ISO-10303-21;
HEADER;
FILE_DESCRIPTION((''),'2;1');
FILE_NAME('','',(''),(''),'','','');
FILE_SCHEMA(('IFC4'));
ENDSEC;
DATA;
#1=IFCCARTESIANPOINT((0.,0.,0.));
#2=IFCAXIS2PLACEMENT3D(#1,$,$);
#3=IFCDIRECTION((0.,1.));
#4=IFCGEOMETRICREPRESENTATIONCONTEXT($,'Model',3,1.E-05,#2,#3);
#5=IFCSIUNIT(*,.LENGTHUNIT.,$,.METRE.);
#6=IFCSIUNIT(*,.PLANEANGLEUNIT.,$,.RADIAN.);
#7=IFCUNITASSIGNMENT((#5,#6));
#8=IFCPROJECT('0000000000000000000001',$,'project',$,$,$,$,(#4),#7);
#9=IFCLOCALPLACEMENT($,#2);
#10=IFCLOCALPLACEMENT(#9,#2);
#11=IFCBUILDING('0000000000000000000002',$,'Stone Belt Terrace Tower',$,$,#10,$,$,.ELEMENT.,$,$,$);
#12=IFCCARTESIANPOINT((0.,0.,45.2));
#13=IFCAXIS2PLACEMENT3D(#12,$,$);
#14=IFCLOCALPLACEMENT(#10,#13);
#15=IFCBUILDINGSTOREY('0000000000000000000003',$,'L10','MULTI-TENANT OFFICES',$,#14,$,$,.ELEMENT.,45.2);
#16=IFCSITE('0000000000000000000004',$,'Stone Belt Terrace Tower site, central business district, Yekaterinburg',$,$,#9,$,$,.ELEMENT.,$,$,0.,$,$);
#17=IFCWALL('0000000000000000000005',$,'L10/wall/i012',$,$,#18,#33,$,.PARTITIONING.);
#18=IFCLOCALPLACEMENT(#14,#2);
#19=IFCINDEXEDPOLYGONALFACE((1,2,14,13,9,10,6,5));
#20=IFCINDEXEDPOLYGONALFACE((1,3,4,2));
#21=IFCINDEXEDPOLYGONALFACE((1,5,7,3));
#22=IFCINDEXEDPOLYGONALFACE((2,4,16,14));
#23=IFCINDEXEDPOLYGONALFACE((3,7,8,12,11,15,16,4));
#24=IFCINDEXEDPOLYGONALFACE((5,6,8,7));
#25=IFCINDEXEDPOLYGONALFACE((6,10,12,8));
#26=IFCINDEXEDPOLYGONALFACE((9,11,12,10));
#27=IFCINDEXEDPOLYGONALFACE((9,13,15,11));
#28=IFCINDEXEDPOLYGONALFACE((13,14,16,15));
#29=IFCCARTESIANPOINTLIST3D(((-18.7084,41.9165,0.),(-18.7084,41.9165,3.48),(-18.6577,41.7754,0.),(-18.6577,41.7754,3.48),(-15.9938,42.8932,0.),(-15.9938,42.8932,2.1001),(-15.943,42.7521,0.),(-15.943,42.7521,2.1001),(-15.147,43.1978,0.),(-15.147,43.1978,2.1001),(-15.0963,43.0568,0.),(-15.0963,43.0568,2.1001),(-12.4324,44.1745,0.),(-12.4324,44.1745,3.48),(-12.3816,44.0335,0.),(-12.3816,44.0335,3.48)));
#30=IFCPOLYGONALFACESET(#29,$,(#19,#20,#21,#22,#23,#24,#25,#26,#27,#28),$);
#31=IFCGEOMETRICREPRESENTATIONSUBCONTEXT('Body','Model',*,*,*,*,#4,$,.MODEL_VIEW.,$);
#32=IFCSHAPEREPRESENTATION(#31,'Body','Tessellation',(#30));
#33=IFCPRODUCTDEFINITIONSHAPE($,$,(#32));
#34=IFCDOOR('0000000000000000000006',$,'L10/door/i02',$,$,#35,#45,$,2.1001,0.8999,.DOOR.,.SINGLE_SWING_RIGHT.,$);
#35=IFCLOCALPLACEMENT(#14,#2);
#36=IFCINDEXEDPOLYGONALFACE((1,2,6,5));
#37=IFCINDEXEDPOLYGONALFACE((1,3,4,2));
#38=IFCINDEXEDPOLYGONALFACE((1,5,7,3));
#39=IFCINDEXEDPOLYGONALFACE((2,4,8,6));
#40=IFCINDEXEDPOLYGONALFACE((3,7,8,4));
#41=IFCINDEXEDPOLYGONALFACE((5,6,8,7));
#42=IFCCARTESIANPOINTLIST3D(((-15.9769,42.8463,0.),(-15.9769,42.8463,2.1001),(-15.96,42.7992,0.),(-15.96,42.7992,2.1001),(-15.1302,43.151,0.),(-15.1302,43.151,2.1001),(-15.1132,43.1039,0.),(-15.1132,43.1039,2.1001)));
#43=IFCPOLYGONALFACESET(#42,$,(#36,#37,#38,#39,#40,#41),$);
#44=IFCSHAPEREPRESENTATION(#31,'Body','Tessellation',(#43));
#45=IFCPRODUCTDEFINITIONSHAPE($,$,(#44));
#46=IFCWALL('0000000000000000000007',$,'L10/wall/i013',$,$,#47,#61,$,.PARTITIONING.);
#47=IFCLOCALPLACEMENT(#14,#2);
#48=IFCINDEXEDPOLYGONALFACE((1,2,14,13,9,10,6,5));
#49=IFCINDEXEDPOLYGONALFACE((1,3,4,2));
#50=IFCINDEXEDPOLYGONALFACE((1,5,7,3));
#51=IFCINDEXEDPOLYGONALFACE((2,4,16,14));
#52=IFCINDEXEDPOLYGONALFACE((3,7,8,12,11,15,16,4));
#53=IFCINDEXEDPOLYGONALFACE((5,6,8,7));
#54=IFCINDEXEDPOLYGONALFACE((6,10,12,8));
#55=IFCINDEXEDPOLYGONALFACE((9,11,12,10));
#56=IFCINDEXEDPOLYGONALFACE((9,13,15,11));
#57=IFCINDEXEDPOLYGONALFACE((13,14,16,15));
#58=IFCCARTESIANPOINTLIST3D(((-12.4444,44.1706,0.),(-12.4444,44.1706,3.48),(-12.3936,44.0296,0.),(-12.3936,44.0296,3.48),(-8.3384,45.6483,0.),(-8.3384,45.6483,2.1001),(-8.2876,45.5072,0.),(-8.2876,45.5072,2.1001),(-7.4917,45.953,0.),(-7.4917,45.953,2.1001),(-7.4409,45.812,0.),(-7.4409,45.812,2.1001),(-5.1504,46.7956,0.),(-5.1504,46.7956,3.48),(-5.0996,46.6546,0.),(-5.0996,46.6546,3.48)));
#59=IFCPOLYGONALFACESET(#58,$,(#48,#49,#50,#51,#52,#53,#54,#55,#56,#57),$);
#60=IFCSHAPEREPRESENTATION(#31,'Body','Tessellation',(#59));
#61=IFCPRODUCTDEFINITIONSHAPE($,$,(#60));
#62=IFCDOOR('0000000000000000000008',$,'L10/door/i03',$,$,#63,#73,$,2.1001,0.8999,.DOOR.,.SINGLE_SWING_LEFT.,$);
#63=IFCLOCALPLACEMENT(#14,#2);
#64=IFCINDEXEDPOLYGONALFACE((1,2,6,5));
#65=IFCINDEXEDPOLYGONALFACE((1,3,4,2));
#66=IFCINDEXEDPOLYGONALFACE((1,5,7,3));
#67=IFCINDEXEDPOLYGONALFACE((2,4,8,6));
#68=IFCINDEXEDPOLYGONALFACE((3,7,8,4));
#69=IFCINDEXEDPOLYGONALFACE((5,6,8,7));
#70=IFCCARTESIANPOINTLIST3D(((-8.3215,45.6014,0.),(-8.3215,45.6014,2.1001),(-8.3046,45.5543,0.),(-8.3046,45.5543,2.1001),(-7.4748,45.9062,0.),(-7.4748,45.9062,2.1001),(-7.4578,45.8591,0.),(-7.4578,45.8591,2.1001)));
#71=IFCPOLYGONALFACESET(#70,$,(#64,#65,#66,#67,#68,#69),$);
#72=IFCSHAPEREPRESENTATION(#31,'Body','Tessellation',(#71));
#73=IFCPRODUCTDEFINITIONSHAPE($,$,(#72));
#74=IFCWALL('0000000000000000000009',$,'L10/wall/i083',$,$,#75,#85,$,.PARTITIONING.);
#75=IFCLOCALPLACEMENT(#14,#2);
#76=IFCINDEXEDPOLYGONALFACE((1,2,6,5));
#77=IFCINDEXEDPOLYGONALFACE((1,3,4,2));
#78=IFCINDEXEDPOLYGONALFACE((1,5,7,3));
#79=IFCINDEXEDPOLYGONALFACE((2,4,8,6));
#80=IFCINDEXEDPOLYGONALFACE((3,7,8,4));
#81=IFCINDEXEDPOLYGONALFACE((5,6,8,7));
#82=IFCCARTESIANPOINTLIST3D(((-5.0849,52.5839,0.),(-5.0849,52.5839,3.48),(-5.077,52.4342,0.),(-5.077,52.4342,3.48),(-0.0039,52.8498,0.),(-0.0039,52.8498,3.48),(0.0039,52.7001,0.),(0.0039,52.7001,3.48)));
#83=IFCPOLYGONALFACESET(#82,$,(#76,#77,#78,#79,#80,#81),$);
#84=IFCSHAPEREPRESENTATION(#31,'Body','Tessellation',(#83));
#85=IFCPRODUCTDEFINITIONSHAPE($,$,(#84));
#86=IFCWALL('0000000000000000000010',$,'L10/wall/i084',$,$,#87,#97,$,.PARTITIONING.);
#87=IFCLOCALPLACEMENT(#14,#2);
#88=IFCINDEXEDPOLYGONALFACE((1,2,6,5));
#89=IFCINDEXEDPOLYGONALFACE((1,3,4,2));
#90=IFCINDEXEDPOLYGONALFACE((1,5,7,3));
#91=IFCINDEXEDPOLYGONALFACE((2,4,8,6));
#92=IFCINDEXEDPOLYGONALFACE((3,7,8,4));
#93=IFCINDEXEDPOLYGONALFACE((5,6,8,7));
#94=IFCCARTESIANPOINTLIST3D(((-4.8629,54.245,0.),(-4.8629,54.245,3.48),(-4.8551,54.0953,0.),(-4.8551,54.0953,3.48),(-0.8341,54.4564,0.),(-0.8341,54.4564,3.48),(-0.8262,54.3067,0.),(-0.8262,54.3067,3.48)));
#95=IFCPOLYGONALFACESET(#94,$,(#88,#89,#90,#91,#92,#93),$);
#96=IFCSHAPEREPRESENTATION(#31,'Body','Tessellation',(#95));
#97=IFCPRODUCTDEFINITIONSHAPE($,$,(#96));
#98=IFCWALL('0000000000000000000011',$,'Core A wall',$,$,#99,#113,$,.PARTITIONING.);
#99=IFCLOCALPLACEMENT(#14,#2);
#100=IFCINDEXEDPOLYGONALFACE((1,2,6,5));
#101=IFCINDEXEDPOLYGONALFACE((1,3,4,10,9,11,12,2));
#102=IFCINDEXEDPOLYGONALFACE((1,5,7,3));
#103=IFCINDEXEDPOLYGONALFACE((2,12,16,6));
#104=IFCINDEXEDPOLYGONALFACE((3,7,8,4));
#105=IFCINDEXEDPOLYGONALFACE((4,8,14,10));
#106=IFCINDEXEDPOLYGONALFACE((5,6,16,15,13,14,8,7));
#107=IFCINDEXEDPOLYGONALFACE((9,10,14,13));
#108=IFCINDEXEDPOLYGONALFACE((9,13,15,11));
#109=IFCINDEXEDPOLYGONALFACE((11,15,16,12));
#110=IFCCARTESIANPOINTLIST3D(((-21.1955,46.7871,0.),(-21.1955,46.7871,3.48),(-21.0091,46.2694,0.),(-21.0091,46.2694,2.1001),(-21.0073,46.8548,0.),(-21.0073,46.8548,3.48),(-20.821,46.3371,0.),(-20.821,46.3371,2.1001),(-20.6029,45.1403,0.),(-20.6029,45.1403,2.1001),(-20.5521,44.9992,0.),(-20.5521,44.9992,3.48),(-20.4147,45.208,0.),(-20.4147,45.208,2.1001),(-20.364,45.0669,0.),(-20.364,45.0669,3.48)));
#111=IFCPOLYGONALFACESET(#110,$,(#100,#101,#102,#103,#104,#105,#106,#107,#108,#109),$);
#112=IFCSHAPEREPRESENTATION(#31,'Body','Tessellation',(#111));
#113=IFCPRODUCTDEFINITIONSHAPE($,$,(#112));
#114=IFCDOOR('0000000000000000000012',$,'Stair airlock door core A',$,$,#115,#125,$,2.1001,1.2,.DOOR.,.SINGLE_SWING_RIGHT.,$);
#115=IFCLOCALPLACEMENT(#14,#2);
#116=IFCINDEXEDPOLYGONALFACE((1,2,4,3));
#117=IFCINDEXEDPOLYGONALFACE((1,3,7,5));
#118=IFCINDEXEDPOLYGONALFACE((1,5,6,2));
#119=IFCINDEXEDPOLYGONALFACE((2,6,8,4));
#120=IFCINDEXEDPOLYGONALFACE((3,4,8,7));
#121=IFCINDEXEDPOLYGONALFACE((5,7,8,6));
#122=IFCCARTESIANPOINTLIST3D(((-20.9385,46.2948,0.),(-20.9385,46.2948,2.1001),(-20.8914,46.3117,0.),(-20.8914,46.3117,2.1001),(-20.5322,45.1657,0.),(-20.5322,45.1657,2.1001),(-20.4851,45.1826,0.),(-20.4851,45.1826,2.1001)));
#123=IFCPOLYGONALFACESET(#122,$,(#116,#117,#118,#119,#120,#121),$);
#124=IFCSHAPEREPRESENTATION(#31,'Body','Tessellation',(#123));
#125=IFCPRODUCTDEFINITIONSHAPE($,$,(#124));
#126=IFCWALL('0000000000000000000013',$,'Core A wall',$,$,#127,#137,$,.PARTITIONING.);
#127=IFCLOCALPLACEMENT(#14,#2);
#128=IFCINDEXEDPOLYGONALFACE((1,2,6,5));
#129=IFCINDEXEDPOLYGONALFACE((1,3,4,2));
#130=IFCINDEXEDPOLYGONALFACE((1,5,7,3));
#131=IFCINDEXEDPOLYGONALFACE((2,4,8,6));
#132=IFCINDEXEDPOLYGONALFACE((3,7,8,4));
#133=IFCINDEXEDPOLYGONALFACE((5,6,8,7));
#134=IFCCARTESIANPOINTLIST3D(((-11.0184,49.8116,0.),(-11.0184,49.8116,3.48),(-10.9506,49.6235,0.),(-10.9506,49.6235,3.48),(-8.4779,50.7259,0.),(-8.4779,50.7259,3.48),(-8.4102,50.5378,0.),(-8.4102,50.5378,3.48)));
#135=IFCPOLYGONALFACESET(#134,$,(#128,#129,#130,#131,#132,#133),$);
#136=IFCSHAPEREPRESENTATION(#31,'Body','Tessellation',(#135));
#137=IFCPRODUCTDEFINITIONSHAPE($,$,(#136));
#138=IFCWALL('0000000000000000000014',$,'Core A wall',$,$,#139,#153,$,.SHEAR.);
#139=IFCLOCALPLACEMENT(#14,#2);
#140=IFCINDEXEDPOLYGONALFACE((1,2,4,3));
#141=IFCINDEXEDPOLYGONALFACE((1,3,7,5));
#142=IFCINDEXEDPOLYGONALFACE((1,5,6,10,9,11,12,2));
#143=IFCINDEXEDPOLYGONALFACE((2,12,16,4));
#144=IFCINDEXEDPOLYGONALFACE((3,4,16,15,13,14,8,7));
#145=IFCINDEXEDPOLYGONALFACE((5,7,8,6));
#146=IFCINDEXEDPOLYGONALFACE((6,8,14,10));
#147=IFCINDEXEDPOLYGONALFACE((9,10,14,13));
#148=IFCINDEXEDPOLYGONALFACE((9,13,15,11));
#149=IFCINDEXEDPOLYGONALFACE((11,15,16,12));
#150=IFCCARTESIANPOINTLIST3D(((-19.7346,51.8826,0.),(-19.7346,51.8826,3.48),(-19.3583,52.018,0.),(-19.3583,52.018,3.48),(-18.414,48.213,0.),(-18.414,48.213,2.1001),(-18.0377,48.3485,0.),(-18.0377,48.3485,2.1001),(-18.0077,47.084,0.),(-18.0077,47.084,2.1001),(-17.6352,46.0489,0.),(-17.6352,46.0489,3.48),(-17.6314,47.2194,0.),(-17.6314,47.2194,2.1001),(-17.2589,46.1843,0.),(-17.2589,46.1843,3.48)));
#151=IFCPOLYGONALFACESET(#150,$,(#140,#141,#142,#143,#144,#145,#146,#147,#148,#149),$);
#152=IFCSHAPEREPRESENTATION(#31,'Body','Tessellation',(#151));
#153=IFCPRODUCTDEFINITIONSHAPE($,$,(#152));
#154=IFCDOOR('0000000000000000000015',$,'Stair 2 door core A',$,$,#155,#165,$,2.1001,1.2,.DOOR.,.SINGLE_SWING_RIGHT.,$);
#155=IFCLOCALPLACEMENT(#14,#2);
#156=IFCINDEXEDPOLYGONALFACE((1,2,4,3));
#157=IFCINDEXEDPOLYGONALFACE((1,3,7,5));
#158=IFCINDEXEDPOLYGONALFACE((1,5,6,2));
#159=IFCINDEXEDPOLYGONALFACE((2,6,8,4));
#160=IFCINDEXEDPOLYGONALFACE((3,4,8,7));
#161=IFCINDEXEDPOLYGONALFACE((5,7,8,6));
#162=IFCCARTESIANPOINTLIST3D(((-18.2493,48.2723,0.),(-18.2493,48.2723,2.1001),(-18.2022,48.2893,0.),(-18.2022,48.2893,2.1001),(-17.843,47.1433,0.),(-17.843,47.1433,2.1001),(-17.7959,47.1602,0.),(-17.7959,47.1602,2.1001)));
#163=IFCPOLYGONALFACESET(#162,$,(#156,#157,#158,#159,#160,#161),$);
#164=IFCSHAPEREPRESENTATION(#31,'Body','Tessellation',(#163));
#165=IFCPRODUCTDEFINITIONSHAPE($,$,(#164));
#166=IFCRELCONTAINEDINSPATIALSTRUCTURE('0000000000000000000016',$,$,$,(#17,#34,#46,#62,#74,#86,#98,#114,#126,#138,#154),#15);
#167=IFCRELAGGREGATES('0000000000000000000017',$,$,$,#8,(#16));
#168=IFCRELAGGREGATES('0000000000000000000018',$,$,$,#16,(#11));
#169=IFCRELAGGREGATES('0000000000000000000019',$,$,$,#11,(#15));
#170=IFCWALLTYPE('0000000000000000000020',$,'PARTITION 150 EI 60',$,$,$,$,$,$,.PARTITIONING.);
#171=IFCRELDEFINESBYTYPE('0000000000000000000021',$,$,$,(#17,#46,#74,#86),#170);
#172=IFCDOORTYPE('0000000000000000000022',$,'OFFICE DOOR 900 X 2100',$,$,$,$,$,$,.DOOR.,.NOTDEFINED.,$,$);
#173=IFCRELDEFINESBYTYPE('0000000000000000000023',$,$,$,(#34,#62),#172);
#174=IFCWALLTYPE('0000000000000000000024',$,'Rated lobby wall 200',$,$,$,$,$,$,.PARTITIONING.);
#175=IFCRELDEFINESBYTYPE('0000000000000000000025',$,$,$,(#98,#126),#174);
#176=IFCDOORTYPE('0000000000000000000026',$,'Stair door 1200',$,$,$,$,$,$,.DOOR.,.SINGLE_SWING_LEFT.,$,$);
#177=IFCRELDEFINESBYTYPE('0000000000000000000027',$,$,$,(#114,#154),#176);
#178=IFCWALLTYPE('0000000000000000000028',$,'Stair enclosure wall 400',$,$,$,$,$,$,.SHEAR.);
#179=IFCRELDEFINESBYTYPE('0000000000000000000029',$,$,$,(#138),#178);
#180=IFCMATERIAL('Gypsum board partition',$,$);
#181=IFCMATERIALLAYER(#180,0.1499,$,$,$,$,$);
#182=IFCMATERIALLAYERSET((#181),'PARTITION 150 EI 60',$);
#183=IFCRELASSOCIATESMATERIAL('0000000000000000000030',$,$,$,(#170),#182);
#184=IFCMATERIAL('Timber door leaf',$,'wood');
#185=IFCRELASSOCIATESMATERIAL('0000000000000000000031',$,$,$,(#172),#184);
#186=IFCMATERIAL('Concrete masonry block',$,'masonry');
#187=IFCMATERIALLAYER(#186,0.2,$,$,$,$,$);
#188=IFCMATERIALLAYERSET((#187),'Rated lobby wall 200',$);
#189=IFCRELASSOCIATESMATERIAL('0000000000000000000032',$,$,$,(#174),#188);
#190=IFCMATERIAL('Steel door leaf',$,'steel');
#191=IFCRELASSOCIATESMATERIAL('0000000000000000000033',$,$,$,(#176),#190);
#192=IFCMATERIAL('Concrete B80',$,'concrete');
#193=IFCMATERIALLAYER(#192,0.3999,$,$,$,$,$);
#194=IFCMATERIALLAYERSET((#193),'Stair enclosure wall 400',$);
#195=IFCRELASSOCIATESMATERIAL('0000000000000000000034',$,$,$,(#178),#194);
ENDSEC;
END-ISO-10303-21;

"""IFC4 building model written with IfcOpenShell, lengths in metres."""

from ifc_helpers import new_model, si_unit, direction, frame, frame_2d, origin, place, context, subcontext, project, spatial, rectangle, extrude, material, layer, layer_set, type_object, element, fill, save


model = new_model("IFC4")

# Units and contexts
model_context = context("Model", 3, precision=1e-05, world=origin(), true_north=direction((0.0, 1.0)))
body_context = subcontext(model_context, "Body", "Model", "MODEL_VIEW")
ifc_project = project(units=[si_unit("LENGTHUNIT", "METRE"), si_unit("PLANEANGLEUNIT", "RADIAN")], contexts=[model_context])

# Site, building, storey
site_placement = place(None, origin())
site = spatial("IfcSite", under=ifc_project, at=site_placement, Name="Stone Belt Terrace Tower site, central business district, Yekaterinburg", CompositionType="ELEMENT", RefElevation=0.0)
building_placement = place(site_placement, origin())
building = spatial("IfcBuilding", under=site, at=building_placement, Name="Stone Belt Terrace Tower", CompositionType="ELEMENT")
storey_placement = place(building_placement, frame((0.0, 0.0, 45.2)))
storey = spatial("IfcBuildingStorey", under=building, at=storey_placement, Name="L10", Description="MULTI-TENANT OFFICES", CompositionType="ELEMENT", Elevation=45.2)

# Shared definitions
ifc_material_1 = material(Name="Concrete B80", Category="concrete")

# Shared definitions
ifc_material_2 = material(Name="Timber door leaf", Category="wood")

# Shared definitions
ifc_material_3 = material(Name="Gypsum board partition")
ifc_layer_1 = layer(ifc_material_3, 0.1499)
ifc_layer_set_1 = layer_set([ifc_layer_1], Name="PARTITION 150 EI 60")
wall_type_1 = type_object("IfcWallType", Name="PARTITION 150 EI 60", PredefinedType="PARTITIONING", material=ifc_layer_set_1)

# Walls, openings, doors
wall_1_placement = place(storey_placement, frame((-12.407, 44.104, 0.0), z_axis=(0.0, 0.0, 1.0), x_axis=(-0.940952, -0.338541, 0.0)))
wall_1 = element("IfcWall", 1, at=wall_1_placement, inside=storey, type_object=wall_type_1, Name="L10/wall/i012", PredefinedType="PARTITIONING", context=body_context, shape_type="SweptSolid", body=[
    extrude(rectangle(XDim=6.6699, YDim=0.1499, at=frame_2d((3.335, 0.0))), origin(), (0.0, 0.0, 1.0), 3.48),
])
opening_1_placement = place(wall_1_placement, frame((2.885, 0.0, 0.0)))
opening_1 = element("IfcOpeningElement", 2, at=opening_1_placement, cuts=wall_1, PredefinedType="OPENING", context=body_context, shape_type="SweptSolid", body=[
    extrude(rectangle(XDim=0.8999, YDim=2.1001, at=frame_2d((0.45, 1.05))), frame((0.0, 0.085, 0.0), z_axis=(0.0, -1.0, 0.0), x_axis=(1.0, 0.0, 0.0)), (0.0, 0.0, 1.0), 0.1699),
])
door_type_1 = type_object("IfcDoorType", Name="OFFICE DOOR 900 X 2100", OperationType="NOTDEFINED", PredefinedType="DOOR", material=ifc_material_2)
door_1_placement = place(opening_1_placement, origin())
door_1 = element("IfcDoor", 3, at=door_1_placement, inside=storey, type_object=door_type_1, Name="L10/door/i02", OperationType="SINGLE_SWING_RIGHT", OverallHeight=2.1001, OverallWidth=0.8999, PredefinedType="DOOR", context=body_context, shape_type="SweptSolid", body=[
    extrude(rectangle(XDim=0.8999, YDim=2.1001, at=frame_2d((0.45, 1.05))), frame((0.0, 0.0249, 0.0), z_axis=(0.0, -1.0, 0.0), x_axis=(1.0, 0.0, 0.0)), (0.0, 0.0, 1.0), 0.05),
])
fill(opening_1, door_1)
wall_2_placement = place(storey_placement, frame((-5.125, 46.7251, 0.0), z_axis=(0.0, 0.0, 1.0), x_axis=(-0.940921, -0.338626, 0.0)))
wall_2 = element("IfcWall", 4, at=wall_2_placement, inside=storey, type_object=wall_type_1, Name="L10/wall/i013", PredefinedType="PARTITIONING", context=body_context, shape_type="SweptSolid", body=[
    extrude(rectangle(XDim=7.752, YDim=0.1499, at=frame_2d((3.876, 0.0))), origin(), (0.0, 0.0, 1.0), 3.48),
])
opening_2_placement = place(wall_2_placement, frame((2.4883, 0.0, 0.0)))
opening_2 = element("IfcOpeningElement", 5, at=opening_2_placement, cuts=wall_2, PredefinedType="OPENING", context=body_context, shape_type="SweptSolid", body=[
    extrude(rectangle(XDim=0.8999, YDim=2.1001, at=frame_2d((0.45, 1.05))), frame((0.0, 0.085, 0.0), z_axis=(0.0, -1.0, 0.0), x_axis=(1.0, 0.0, 0.0)), (0.0, 0.0, 1.0), 0.1699),
])
door_2_placement = place(opening_2_placement, origin())
door_2 = element("IfcDoor", 6, at=door_2_placement, inside=storey, type_object=door_type_1, Name="L10/door/i03", OperationType="SINGLE_SWING_LEFT", OverallHeight=2.1001, OverallWidth=0.8999, PredefinedType="DOOR", context=body_context, shape_type="SweptSolid", body=[
    extrude(rectangle(XDim=0.8999, YDim=2.1001, at=frame_2d((0.45, 1.05))), frame((0.0, 0.0249, 0.0), z_axis=(0.0, -1.0, 0.0), x_axis=(1.0, 0.0, 0.0)), (0.0, 0.0, 1.0), 0.05),
])
fill(opening_2, door_2)

# Walls
wall_3_placement = place(storey_placement, frame((0.0, 52.7749, 0.0), z_axis=(0.0, 0.0, 1.0), x_axis=(-0.998634, -0.052254, 0.0)))
element("IfcWall", 7, at=wall_3_placement, inside=storey, type_object=wall_type_1, Name="L10/wall/i083", PredefinedType="PARTITIONING", context=body_context, shape_type="SweptSolid", body=[
    extrude(rectangle(XDim=5.0879, YDim=0.1499, at=frame_2d((2.5439, 0.0))), origin(), (0.0, 0.0, 1.0), 3.48),
])
wall_4_placement = place(storey_placement, frame((-4.8589, 54.1702, 0.0), z_axis=(0.0, 0.0, 1.0), x_axis=(0.998626, 0.052406, 0.0)))
element("IfcWall", 8, at=wall_4_placement, inside=storey, type_object=wall_type_1, Name="L10/wall/i084", PredefinedType="PARTITIONING", context=body_context, shape_type="SweptSolid", body=[
    extrude(rectangle(XDim=4.0344, YDim=0.1499, at=frame_2d((2.0171, 0.0))), origin(), (0.0, 0.0, 1.0), 3.48),
])

# Wall, opening, door
ifc_material_4 = material(Name="Concrete masonry block", Category="masonry")
ifc_layer_2 = layer(ifc_material_4, 0.2)
ifc_layer_set_2 = layer_set([ifc_layer_2], Name="Rated lobby wall 200")
wall_type_2 = type_object("IfcWallType", Name="Rated lobby wall 200", PredefinedType="PARTITIONING", material=ifc_layer_set_2)
wall_5_placement = place(storey_placement, frame((-20.458, 45.033, 0.0), z_axis=(0.0, 0.0, 1.0), x_axis=(-0.338574, 0.94094, 0.0)))
wall_5 = element("IfcWall", 9, at=wall_5_placement, inside=storey, type_object=wall_type_2, Name="Core A wall", PredefinedType="PARTITIONING", context=body_context, shape_type="SweptSolid", body=[
    extrude(rectangle(XDim=1.9001, YDim=0.2, at=frame_2d((0.9502, 0.0))), origin(), (0.0, 0.0, 1.0), 3.48),
])
opening_3_placement = place(wall_5_placement, frame((0.1499, 0.0, 0.0)))
opening_3 = element("IfcOpeningElement", 10, at=opening_3_placement, cuts=wall_5, PredefinedType="OPENING", context=body_context, shape_type="SweptSolid", body=[
    extrude(rectangle(XDim=1.2, YDim=2.1001, at=frame_2d((0.6001, 1.05))), frame((0.0, 0.1099, 0.0), z_axis=(0.0, -1.0, 0.0), x_axis=(1.0, 0.0, 0.0)), (0.0, 0.0, 1.0), 0.22),
])
ifc_material_5 = material(Name="Steel door leaf", Category="steel")
door_type_2 = type_object("IfcDoorType", Name="Stair door 1200", OperationType="SINGLE_SWING_LEFT", PredefinedType="DOOR", material=ifc_material_5)
door_3_placement = place(opening_3_placement, origin())
door_3 = element("IfcDoor", 11, at=door_3_placement, inside=storey, type_object=door_type_2, Name="Stair airlock door core A", OperationType="SINGLE_SWING_RIGHT", OverallHeight=2.1001, OverallWidth=1.2, PredefinedType="DOOR", context=body_context, shape_type="SweptSolid", body=[
    extrude(rectangle(XDim=1.2, YDim=2.1001, at=frame_2d((0.6001, 1.05))), frame((0.0, 0.0249, 0.0), z_axis=(0.0, -1.0, 0.0), x_axis=(1.0, 0.0, 0.0)), (0.0, 0.0, 1.0), 0.05),
])
fill(opening_3, door_3)

# Wall
wall_6_placement = place(storey_placement, frame((-10.9846, 49.7175, 0.0), z_axis=(0.0, 0.0, 1.0), x_axis=(0.940921, 0.338627, 0.0)))
element("IfcWall", 12, at=wall_6_placement, inside=storey, type_object=wall_type_2, Name="Core A wall", PredefinedType="PARTITIONING", context=body_context, shape_type="SweptSolid", body=[
    extrude(rectangle(XDim=2.7, YDim=0.2, at=frame_2d((1.3501, 0.0))), origin(), (0.0, 0.0, 1.0), 3.48),
])

# Wall, opening, door
ifc_layer_3 = layer(ifc_material_1, 0.3999)
ifc_layer_set_3 = layer_set([ifc_layer_3], Name="Stair enclosure wall 400")
wall_type_3 = type_object("IfcWallType", Name="Stair enclosure wall 400", PredefinedType="SHEAR", material=ifc_layer_set_3)
wall_7_placement = place(storey_placement, frame((-17.447, 46.1165, 0.0), z_axis=(0.0, 0.0, 1.0), x_axis=(-0.338608, 0.940928, 0.0)))
wall_7 = element("IfcWall", 13, at=wall_7_placement, inside=storey, type_object=wall_type_3, Name="Core A wall", PredefinedType="SHEAR", context=body_context, shape_type="SweptSolid", body=[
    extrude(rectangle(XDim=6.2, YDim=0.3999, at=frame_2d((3.1001, 0.0))), origin(), (0.0, 0.0, 1.0), 3.48),
])
opening_4_placement = place(wall_7_placement, frame((1.1001, 0.0, 0.0)))
opening_4 = element("IfcOpeningElement", 14, at=opening_4_placement, cuts=wall_7, PredefinedType="OPENING", context=body_context, shape_type="SweptSolid", body=[
    extrude(rectangle(XDim=1.2, YDim=2.1001, at=frame_2d((0.6001, 1.05))), frame((0.0, 0.21, 0.0), z_axis=(0.0, -1.0, 0.0), x_axis=(1.0, 0.0, 0.0)), (0.0, 0.0, 1.0), 0.4199),
])
door_4_placement = place(opening_4_placement, origin())
door_4 = element("IfcDoor", 15, at=door_4_placement, inside=storey, type_object=door_type_2, Name="Stair 2 door core A", OperationType="SINGLE_SWING_RIGHT", OverallHeight=2.1001, OverallWidth=1.2, PredefinedType="DOOR", context=body_context, shape_type="SweptSolid", body=[
    extrude(rectangle(XDim=1.2, YDim=2.1001, at=frame_2d((0.6001, 1.05))), frame((0.0, 0.0249, 0.0), z_axis=(0.0, -1.0, 0.0), x_axis=(1.0, 0.0, 0.0)), (0.0, 0.0, 1.0), 0.05),
])
fill(opening_4, door_4)

save(model, "model.ifc")
